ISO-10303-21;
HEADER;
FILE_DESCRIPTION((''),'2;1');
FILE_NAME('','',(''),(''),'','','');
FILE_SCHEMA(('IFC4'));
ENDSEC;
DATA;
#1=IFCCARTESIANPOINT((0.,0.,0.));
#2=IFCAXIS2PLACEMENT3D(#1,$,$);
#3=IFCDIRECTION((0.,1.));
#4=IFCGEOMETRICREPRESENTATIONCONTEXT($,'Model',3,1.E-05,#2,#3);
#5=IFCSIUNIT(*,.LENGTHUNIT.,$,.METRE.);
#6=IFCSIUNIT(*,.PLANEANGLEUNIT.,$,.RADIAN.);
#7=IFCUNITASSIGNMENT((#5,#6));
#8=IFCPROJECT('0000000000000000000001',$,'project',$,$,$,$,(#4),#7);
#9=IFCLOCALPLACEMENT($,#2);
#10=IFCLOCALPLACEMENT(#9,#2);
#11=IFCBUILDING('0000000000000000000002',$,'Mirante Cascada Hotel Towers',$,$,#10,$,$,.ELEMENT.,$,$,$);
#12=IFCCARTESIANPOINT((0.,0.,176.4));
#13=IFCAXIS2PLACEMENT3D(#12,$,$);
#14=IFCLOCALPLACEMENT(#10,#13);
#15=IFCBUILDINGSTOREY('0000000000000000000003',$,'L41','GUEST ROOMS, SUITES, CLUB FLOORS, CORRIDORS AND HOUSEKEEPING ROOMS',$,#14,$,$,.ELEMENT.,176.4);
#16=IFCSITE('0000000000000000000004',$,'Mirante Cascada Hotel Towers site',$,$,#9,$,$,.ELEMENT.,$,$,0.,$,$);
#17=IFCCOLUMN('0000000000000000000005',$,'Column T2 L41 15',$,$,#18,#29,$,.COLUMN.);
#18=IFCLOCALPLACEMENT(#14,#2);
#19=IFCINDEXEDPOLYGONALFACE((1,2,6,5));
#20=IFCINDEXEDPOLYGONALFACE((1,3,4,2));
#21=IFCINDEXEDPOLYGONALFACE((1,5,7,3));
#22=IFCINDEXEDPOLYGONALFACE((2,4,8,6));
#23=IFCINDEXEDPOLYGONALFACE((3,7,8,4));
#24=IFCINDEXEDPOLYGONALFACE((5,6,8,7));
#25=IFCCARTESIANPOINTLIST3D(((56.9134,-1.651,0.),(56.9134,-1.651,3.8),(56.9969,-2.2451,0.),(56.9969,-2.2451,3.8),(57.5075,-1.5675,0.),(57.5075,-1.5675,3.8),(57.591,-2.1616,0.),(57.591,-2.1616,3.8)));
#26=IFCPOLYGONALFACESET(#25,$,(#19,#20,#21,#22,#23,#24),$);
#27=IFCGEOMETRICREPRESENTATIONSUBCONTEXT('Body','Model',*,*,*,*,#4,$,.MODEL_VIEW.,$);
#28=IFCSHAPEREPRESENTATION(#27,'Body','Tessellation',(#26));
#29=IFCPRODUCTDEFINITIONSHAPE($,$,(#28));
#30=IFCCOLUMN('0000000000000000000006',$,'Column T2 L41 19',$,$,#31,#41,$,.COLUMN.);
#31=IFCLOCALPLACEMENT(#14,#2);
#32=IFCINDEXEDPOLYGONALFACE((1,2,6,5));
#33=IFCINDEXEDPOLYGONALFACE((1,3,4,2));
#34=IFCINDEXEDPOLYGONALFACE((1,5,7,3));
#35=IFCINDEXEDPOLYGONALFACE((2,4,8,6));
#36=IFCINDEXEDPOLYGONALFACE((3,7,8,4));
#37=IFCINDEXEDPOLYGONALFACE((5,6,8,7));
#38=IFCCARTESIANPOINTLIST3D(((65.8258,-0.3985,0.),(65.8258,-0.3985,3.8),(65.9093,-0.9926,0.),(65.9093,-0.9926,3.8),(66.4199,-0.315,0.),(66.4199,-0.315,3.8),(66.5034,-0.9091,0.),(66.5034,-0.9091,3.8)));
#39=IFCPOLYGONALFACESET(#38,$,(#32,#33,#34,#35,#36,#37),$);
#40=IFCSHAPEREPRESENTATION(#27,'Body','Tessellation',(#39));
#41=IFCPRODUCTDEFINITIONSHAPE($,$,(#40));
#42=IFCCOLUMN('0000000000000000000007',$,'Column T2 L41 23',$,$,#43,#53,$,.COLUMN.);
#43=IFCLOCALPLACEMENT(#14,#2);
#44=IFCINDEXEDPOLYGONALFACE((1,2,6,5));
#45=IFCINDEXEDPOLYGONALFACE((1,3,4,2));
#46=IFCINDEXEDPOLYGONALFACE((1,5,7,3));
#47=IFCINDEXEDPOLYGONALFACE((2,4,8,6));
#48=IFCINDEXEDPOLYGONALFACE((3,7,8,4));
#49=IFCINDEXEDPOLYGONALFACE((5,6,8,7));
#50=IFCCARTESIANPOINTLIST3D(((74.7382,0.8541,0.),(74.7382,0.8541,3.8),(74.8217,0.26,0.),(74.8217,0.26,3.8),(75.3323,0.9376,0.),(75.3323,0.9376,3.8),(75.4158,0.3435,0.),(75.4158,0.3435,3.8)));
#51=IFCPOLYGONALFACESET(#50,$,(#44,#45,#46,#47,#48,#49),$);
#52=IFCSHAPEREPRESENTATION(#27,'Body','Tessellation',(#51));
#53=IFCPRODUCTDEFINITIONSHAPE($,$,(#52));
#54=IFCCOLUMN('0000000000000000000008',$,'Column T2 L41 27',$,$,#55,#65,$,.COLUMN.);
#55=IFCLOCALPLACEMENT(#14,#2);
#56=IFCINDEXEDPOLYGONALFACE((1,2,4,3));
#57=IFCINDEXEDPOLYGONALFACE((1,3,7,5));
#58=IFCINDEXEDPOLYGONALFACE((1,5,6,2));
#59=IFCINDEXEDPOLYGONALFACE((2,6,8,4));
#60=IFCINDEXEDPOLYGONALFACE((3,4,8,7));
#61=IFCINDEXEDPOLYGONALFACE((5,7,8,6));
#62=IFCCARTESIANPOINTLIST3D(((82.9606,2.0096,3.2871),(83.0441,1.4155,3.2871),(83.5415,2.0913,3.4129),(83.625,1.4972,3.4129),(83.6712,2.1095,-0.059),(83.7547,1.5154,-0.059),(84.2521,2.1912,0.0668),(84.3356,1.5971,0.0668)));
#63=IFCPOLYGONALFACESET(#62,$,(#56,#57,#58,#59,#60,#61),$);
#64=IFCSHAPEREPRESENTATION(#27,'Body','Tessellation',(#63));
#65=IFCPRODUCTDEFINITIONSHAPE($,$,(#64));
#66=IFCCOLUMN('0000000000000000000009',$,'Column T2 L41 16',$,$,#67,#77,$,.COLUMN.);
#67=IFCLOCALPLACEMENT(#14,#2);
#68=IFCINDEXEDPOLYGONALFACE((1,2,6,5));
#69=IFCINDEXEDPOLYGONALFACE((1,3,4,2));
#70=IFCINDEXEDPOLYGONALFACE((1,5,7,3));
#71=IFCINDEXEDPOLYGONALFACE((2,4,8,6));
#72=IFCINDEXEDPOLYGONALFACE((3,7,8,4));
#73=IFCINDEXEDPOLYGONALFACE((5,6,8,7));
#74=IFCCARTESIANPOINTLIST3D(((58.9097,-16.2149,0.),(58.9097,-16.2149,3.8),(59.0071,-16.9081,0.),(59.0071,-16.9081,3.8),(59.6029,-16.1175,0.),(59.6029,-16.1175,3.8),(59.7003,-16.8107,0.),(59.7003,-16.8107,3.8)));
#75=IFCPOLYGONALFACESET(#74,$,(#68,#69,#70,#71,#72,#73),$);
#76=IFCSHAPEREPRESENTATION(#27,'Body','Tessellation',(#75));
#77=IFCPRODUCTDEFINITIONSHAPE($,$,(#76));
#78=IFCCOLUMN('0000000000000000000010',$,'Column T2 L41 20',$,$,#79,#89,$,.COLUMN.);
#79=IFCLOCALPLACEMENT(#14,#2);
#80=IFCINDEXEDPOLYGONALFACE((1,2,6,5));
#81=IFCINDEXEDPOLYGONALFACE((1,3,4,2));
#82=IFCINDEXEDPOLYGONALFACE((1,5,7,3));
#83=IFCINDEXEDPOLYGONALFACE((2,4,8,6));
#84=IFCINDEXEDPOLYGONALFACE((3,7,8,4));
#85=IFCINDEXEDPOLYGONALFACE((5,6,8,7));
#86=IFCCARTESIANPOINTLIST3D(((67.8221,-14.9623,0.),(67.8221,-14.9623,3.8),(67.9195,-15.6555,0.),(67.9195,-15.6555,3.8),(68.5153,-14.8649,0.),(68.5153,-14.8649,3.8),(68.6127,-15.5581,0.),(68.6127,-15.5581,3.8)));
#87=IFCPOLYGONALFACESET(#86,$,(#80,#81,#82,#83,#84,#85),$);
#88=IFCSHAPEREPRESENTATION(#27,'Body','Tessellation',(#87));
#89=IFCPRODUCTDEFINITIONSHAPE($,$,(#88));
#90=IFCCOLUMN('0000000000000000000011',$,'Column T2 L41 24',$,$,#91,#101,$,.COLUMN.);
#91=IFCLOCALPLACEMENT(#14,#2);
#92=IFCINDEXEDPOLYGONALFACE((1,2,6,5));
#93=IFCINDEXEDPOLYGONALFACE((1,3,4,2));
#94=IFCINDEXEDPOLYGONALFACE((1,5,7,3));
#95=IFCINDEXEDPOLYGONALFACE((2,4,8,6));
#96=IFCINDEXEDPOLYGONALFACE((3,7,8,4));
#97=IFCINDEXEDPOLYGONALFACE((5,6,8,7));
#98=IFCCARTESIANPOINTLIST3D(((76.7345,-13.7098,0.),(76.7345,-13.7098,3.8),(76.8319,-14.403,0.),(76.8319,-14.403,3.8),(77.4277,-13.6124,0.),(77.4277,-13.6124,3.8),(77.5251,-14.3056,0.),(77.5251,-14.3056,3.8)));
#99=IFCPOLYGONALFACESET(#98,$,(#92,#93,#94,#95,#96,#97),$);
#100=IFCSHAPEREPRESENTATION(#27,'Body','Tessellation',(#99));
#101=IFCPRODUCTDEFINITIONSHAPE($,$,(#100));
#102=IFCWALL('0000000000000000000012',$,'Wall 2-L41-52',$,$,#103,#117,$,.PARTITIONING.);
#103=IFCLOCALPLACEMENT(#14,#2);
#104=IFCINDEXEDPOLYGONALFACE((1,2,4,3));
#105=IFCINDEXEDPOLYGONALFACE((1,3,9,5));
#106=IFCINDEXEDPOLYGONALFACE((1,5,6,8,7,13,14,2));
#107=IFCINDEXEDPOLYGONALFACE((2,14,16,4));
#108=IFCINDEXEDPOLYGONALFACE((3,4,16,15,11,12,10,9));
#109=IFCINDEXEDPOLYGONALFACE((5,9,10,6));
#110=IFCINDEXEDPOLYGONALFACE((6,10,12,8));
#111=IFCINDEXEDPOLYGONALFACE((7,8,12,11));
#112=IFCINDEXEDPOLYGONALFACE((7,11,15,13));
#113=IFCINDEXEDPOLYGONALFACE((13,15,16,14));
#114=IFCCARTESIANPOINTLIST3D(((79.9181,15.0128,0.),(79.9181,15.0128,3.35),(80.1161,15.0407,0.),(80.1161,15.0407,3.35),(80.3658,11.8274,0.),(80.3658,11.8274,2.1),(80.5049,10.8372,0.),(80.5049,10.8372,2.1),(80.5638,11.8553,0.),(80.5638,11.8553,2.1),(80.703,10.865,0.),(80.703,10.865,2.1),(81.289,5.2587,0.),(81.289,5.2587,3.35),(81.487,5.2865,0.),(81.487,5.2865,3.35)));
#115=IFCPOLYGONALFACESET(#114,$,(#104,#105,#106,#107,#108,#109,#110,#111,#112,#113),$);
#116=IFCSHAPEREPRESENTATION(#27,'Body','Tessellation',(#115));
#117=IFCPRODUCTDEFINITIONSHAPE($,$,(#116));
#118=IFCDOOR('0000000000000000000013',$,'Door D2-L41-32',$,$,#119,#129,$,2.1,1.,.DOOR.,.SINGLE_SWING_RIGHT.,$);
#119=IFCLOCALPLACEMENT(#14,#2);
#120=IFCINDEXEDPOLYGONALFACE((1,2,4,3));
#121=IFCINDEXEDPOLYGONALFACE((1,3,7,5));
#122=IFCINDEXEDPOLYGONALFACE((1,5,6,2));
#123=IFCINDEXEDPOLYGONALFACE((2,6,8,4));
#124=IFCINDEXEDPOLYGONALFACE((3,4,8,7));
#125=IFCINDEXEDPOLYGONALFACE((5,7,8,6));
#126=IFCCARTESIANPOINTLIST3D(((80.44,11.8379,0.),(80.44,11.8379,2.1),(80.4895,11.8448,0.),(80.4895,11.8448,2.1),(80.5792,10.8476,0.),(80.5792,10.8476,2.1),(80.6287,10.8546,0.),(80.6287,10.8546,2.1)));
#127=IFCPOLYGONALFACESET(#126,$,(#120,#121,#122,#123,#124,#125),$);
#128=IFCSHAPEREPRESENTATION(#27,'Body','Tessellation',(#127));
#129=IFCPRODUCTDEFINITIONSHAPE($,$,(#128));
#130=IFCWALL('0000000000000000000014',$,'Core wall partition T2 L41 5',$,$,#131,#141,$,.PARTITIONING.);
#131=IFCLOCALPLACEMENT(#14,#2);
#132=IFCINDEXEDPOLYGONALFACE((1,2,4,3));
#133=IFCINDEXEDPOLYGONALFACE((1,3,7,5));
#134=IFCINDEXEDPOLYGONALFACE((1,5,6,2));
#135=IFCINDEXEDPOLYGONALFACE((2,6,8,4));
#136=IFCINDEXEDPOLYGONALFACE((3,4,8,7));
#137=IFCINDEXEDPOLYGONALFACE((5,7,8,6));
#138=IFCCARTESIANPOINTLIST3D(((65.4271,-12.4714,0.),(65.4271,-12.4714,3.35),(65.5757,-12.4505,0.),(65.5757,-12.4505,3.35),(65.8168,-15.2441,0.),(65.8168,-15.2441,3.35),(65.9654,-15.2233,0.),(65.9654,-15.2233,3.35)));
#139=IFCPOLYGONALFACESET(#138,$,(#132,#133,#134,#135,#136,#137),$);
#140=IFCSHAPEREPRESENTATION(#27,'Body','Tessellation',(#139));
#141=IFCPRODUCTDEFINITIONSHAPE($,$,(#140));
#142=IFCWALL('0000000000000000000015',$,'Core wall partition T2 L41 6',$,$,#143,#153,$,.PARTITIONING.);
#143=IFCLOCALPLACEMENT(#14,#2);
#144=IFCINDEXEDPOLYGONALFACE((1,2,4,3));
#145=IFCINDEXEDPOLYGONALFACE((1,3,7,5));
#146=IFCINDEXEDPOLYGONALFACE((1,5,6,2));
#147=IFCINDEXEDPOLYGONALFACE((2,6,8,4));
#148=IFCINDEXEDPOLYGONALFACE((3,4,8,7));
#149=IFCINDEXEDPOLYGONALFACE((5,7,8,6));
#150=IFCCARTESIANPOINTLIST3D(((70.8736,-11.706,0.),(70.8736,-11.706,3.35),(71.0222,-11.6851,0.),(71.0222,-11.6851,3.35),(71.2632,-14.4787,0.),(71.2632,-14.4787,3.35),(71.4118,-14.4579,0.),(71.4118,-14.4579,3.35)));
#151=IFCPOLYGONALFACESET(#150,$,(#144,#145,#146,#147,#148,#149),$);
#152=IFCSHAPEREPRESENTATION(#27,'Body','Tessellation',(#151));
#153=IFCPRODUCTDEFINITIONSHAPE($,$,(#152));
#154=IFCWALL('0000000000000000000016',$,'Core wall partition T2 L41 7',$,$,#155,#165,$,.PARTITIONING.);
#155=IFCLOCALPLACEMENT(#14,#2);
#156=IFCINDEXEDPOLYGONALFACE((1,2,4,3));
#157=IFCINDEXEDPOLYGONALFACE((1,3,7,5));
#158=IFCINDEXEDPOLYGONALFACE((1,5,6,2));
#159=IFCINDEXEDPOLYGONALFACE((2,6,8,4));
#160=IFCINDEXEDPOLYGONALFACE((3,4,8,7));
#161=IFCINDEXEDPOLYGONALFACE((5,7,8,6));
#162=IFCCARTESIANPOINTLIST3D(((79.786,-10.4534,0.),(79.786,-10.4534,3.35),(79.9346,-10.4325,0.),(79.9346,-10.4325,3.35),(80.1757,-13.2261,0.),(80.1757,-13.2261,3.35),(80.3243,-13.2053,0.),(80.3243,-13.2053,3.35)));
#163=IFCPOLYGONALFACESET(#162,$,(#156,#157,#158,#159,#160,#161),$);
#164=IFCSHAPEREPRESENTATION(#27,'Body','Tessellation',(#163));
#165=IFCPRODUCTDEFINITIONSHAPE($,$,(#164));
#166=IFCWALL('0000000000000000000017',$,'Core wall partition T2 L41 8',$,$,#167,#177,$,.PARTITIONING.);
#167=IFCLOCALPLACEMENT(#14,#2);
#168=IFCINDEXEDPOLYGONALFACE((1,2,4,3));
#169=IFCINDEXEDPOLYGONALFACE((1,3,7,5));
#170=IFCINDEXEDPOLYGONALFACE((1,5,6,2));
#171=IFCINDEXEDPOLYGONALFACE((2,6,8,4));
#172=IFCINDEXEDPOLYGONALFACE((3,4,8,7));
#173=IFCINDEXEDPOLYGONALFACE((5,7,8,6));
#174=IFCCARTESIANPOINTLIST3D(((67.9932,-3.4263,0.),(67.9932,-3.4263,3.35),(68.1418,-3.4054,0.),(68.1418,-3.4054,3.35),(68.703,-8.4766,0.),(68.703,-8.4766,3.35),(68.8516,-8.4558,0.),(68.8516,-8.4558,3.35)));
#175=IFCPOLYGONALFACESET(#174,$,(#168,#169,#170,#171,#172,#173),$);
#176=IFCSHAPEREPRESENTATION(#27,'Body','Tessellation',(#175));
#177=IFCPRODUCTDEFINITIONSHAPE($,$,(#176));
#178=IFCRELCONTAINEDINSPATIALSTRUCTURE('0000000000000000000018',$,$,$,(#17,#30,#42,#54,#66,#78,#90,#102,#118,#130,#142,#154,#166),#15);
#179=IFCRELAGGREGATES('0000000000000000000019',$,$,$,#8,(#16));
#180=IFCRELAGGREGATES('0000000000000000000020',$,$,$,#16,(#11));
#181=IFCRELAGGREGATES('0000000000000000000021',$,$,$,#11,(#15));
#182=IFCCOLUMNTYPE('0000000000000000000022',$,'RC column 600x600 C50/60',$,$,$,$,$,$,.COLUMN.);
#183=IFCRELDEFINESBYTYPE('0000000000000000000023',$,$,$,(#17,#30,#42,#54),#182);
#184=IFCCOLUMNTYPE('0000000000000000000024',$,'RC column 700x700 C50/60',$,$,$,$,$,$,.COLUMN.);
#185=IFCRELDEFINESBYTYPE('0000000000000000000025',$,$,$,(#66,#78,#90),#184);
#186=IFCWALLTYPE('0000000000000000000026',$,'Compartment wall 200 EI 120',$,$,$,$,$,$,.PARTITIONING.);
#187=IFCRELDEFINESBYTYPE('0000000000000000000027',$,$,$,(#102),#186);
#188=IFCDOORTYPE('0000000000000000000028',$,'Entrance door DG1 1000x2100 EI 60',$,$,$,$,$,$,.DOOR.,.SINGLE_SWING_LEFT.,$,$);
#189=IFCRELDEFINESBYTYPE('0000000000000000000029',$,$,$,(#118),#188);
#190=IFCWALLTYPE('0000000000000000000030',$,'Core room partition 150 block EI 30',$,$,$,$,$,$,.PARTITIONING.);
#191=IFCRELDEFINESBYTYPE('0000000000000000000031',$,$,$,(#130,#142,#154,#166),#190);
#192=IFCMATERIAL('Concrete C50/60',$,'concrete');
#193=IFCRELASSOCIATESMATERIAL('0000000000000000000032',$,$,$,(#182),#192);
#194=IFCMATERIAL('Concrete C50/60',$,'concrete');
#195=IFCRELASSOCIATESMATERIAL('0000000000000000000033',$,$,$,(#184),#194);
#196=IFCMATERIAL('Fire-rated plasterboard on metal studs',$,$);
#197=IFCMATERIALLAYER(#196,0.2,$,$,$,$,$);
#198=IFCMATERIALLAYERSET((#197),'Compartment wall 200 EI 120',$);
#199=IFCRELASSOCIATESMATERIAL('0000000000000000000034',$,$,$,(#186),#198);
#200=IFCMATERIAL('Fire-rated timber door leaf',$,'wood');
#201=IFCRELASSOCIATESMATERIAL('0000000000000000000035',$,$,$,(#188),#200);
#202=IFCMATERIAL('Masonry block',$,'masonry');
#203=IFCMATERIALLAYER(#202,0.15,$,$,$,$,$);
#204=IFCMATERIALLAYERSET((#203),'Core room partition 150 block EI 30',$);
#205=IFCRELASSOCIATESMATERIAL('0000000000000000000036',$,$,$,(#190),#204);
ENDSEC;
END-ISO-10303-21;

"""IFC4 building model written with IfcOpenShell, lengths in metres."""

from ifc_helpers import new_model, si_unit, direction, frame, frame_2d, origin, origin_2d, place, context, subcontext, project, spatial, rectangle, extrude, material, layer, layer_set, material_profile, profile_set, type_object, element, fill, save


model = new_model("IFC4")

# Units and contexts
model_context = context("Model", 3, precision=1e-05, world=origin(), true_north=direction((0.0, 1.0)))
body_context = subcontext(model_context, "Body", "Model", "MODEL_VIEW")
ifc_project = project(units=[si_unit("LENGTHUNIT", "METRE"), si_unit("PLANEANGLEUNIT", "RADIAN")], contexts=[model_context])

# Site, building, storey
site_placement = place(None, origin())
site = spatial("IfcSite", under=ifc_project, at=site_placement, Name="Mirante Cascada Hotel Towers site", CompositionType="ELEMENT", RefElevation=0.0)
building_placement = place(site_placement, origin())
building = spatial("IfcBuilding", under=site, at=building_placement, Name="Mirante Cascada Hotel Towers", CompositionType="ELEMENT")
storey_placement = place(building_placement, frame((0.0, 0.0, 176.4)))
storey = spatial("IfcBuildingStorey", under=building, at=storey_placement, Name="L41", Description="GUEST ROOMS, SUITES, CLUB FLOORS, CORRIDORS AND HOUSEKEEPING ROOMS", CompositionType="ELEMENT", Elevation=176.4)

# Columns
ifc_material_1 = material(Name="Concrete C50/60", Category="concrete")
ifc_material_profile_1 = material_profile(ifc_material_1, rectangle(XDim=0.6, YDim=0.6, at=origin_2d()), Name="RC column 600x600 C50/60")
ifc_profile_set_1 = profile_set([ifc_material_profile_1], Name="Concrete C50/60")
column_type_1 = type_object("IfcColumnType", Name="RC column 600x600 C50/60", PredefinedType="COLUMN", material=ifc_profile_set_1)
for number, where, z_axis, x_axis, name in (
    (1, (57.2522, -1.9063, 0.0), (0.0, 0.0, 1.0), (0.990268, 0.139173, 0.0), "Column T2 L41 15"),
    (2, (66.1646, -0.6538, 0.0), (0.0, 0.0, 1.0), (0.990268, 0.139173, 0.0), "Column T2 L41 19"),
    (3, (75.077, 0.5988, 0.0), (0.0, 0.0, 1.0), (0.990268, 0.139173, 0.0), "Column T2 L41 23"),
):
    element("IfcColumn", number, at=place(storey_placement, frame(where, z_axis=z_axis, x_axis=x_axis)), inside=storey, type_object=column_type_1, Name=name, PredefinedType="COLUMN", context=body_context, shape_type="SweptSolid", body=[
        extrude(rectangle(XDim=0.6, YDim=0.6, at=origin_2d()), origin(), (0.0, 0.0, 1.0), 3.8),
    ])
column_placement = place(storey_placement, frame((84.0034, 1.8533, 0.0039), z_axis=(-0.207645, -0.029192, 0.977769), x_axis=(0.139216, -0.990262, 0.0)))
element("IfcColumn", 4, at=column_placement, inside=storey, type_object=column_type_1, Name="Column T2 L41 27", PredefinedType="COLUMN", context=body_context, shape_type="SweptSolid", body=[
    extrude(rectangle(XDim=0.6, YDim=0.6, at=origin_2d()), origin(), (0.0, 0.0, 1.0), 3.4222),
])
ifc_material_2 = material(Name="Concrete C50/60", Category="concrete")
ifc_material_profile_2 = material_profile(ifc_material_2, rectangle(XDim=0.7, YDim=0.7, at=origin_2d()), Name="RC column 700x700 C50/60")
ifc_profile_set_2 = profile_set([ifc_material_profile_2], Name="Concrete C50/60")
column_type_2 = type_object("IfcColumnType", Name="RC column 700x700 C50/60", PredefinedType="COLUMN", material=ifc_profile_set_2)
for number, where, z_axis, x_axis, name in (
    (5, (59.305, -16.5128, 0.0), (0.0, 0.0, 1.0), (0.990268, 0.139173, 0.0), "Column T2 L41 16"),
    (6, (68.2174, -15.2602, 0.0), (0.0, 0.0, 1.0), (0.990268, 0.139173, 0.0), "Column T2 L41 20"),
    (7, (77.1298, -14.0077, 0.0), (0.0, 0.0, 1.0), (0.990268, 0.139173, 0.0), "Column T2 L41 24"),
):
    element("IfcColumn", number, at=place(storey_placement, frame(where, z_axis=z_axis, x_axis=x_axis)), inside=storey, type_object=column_type_2, Name=name, PredefinedType="COLUMN", context=body_context, shape_type="SweptSolid", body=[
        extrude(rectangle(XDim=0.7, YDim=0.7, at=origin_2d()), origin(), (0.0, 0.0, 1.0), 3.8),
    ])

# Wall, opening, door
ifc_material_3 = material(Name="Fire-rated plasterboard on metal studs")
ifc_layer_1 = layer(ifc_material_3, 0.2)
ifc_layer_set_1 = layer_set([ifc_layer_1], Name="Compartment wall 200 EI 120")
wall_type_1 = type_object("IfcWallType", Name="Compartment wall 200 EI 120", PredefinedType="PARTITIONING", material=ifc_layer_set_1)
wall_1_placement = place(storey_placement, frame((81.388, 5.2726, 0.0), z_axis=(0.0, 0.0, 1.0), x_axis=(-0.139178, 0.990267, 0.0)))
wall_1 = element("IfcWall", 8, at=wall_1_placement, inside=storey, type_object=wall_type_1, Name="Wall 2-L41-52", PredefinedType="PARTITIONING", context=body_context, shape_type="SweptSolid", body=[
    extrude(rectangle(XDim=9.85, YDim=0.2, at=frame_2d((4.925, 0.0))), origin(), (0.0, 0.0, 1.0), 3.35),
])
opening_1_placement = place(wall_1_placement, frame((5.6333, 0.0, 0.0)))
opening_1 = element("IfcOpeningElement", 9, at=opening_1_placement, cuts=wall_1, PredefinedType="OPENING", context=body_context, shape_type="SweptSolid", body=[
    extrude(rectangle(XDim=1.0, YDim=2.1, at=frame_2d((0.5, 1.05))), frame((0.0, 0.1, 0.0), z_axis=(0.0, -1.0, 0.0), x_axis=(1.0, 0.0, 0.0)), (0.0, 0.0, 1.0), 0.2),
])
ifc_material_4 = material(Name="Fire-rated timber door leaf", Category="wood")
door_type_1 = type_object("IfcDoorType", Name="Entrance door DG1 1000x2100 EI 60", OperationType="SINGLE_SWING_LEFT", PredefinedType="DOOR", material=ifc_material_4)
door_1_placement = place(opening_1_placement, frame((1.0, 0.0, 0.0), z_axis=(0.0, 0.0, 1.0), x_axis=(-1.0, 0.0, 0.0)))
door_1 = element("IfcDoor", 10, at=door_1_placement, inside=storey, type_object=door_type_1, Name="Door D2-L41-32", OperationType="SINGLE_SWING_RIGHT", OverallHeight=2.1, OverallWidth=1.0, PredefinedType="DOOR", context=body_context, shape_type="SweptSolid", body=[
    extrude(rectangle(XDim=1.0, YDim=2.1, at=frame_2d((0.5, 1.05))), frame((0.0, 0.025, 0.0), z_axis=(0.0, -1.0, 0.0), x_axis=(1.0, 0.0, 0.0)), (0.0, 0.0, 1.0), 0.05),
])
fill(opening_1, door_1)

# Walls
ifc_material_5 = material(Name="Masonry block", Category="masonry")
ifc_layer_2 = layer(ifc_material_5, 0.15)
ifc_layer_set_2 = layer_set([ifc_layer_2], Name="Core room partition 150 block EI 30")
wall_type_2 = type_object("IfcWallType", Name="Core room partition 150 block EI 30", PredefinedType="PARTITIONING", material=ifc_layer_set_2)
for number, where, z_axis, x_axis, name in (
    (11, (65.8911, -15.2337, 0.0), (0.0, 0.0, 1.0), (-0.139181, 0.990267, 0.0), "Core wall partition T2 L41 5"),
    (12, (71.3375, -14.4683, 0.0), (0.0, 0.0, 1.0), (-0.139141, 0.990273, 0.0), "Core wall partition T2 L41 6"),
    (13, (80.25, -13.2157, 0.0), (0.0, 0.0, 1.0), (-0.139181, 0.990267, 0.0), "Core wall partition T2 L41 7"),
):
    element("IfcWall", number, at=place(storey_placement, frame(where, z_axis=z_axis, x_axis=x_axis)), inside=storey, type_object=wall_type_2, Name=name, PredefinedType="PARTITIONING", context=body_context, shape_type="SweptSolid", body=[
        extrude(rectangle(XDim=2.8, YDim=0.15, at=frame_2d((1.4, 0.0))), origin(), (0.0, 0.0, 1.0), 3.35),
    ])
wall_2_placement = place(storey_placement, frame((68.7773, -8.4662, 0.0), z_axis=(0.0, 0.0, 1.0), x_axis=(-0.139176, 0.990268, 0.0)))
element("IfcWall", 14, at=wall_2_placement, inside=storey, type_object=wall_type_2, Name="Core wall partition T2 L41 8", PredefinedType="PARTITIONING", context=body_context, shape_type="SweptSolid", body=[
    extrude(rectangle(XDim=5.1, YDim=0.15, at=frame_2d((2.55, 0.0))), origin(), (0.0, 0.0, 1.0), 3.35),
])

save(model, "model.ifc")
